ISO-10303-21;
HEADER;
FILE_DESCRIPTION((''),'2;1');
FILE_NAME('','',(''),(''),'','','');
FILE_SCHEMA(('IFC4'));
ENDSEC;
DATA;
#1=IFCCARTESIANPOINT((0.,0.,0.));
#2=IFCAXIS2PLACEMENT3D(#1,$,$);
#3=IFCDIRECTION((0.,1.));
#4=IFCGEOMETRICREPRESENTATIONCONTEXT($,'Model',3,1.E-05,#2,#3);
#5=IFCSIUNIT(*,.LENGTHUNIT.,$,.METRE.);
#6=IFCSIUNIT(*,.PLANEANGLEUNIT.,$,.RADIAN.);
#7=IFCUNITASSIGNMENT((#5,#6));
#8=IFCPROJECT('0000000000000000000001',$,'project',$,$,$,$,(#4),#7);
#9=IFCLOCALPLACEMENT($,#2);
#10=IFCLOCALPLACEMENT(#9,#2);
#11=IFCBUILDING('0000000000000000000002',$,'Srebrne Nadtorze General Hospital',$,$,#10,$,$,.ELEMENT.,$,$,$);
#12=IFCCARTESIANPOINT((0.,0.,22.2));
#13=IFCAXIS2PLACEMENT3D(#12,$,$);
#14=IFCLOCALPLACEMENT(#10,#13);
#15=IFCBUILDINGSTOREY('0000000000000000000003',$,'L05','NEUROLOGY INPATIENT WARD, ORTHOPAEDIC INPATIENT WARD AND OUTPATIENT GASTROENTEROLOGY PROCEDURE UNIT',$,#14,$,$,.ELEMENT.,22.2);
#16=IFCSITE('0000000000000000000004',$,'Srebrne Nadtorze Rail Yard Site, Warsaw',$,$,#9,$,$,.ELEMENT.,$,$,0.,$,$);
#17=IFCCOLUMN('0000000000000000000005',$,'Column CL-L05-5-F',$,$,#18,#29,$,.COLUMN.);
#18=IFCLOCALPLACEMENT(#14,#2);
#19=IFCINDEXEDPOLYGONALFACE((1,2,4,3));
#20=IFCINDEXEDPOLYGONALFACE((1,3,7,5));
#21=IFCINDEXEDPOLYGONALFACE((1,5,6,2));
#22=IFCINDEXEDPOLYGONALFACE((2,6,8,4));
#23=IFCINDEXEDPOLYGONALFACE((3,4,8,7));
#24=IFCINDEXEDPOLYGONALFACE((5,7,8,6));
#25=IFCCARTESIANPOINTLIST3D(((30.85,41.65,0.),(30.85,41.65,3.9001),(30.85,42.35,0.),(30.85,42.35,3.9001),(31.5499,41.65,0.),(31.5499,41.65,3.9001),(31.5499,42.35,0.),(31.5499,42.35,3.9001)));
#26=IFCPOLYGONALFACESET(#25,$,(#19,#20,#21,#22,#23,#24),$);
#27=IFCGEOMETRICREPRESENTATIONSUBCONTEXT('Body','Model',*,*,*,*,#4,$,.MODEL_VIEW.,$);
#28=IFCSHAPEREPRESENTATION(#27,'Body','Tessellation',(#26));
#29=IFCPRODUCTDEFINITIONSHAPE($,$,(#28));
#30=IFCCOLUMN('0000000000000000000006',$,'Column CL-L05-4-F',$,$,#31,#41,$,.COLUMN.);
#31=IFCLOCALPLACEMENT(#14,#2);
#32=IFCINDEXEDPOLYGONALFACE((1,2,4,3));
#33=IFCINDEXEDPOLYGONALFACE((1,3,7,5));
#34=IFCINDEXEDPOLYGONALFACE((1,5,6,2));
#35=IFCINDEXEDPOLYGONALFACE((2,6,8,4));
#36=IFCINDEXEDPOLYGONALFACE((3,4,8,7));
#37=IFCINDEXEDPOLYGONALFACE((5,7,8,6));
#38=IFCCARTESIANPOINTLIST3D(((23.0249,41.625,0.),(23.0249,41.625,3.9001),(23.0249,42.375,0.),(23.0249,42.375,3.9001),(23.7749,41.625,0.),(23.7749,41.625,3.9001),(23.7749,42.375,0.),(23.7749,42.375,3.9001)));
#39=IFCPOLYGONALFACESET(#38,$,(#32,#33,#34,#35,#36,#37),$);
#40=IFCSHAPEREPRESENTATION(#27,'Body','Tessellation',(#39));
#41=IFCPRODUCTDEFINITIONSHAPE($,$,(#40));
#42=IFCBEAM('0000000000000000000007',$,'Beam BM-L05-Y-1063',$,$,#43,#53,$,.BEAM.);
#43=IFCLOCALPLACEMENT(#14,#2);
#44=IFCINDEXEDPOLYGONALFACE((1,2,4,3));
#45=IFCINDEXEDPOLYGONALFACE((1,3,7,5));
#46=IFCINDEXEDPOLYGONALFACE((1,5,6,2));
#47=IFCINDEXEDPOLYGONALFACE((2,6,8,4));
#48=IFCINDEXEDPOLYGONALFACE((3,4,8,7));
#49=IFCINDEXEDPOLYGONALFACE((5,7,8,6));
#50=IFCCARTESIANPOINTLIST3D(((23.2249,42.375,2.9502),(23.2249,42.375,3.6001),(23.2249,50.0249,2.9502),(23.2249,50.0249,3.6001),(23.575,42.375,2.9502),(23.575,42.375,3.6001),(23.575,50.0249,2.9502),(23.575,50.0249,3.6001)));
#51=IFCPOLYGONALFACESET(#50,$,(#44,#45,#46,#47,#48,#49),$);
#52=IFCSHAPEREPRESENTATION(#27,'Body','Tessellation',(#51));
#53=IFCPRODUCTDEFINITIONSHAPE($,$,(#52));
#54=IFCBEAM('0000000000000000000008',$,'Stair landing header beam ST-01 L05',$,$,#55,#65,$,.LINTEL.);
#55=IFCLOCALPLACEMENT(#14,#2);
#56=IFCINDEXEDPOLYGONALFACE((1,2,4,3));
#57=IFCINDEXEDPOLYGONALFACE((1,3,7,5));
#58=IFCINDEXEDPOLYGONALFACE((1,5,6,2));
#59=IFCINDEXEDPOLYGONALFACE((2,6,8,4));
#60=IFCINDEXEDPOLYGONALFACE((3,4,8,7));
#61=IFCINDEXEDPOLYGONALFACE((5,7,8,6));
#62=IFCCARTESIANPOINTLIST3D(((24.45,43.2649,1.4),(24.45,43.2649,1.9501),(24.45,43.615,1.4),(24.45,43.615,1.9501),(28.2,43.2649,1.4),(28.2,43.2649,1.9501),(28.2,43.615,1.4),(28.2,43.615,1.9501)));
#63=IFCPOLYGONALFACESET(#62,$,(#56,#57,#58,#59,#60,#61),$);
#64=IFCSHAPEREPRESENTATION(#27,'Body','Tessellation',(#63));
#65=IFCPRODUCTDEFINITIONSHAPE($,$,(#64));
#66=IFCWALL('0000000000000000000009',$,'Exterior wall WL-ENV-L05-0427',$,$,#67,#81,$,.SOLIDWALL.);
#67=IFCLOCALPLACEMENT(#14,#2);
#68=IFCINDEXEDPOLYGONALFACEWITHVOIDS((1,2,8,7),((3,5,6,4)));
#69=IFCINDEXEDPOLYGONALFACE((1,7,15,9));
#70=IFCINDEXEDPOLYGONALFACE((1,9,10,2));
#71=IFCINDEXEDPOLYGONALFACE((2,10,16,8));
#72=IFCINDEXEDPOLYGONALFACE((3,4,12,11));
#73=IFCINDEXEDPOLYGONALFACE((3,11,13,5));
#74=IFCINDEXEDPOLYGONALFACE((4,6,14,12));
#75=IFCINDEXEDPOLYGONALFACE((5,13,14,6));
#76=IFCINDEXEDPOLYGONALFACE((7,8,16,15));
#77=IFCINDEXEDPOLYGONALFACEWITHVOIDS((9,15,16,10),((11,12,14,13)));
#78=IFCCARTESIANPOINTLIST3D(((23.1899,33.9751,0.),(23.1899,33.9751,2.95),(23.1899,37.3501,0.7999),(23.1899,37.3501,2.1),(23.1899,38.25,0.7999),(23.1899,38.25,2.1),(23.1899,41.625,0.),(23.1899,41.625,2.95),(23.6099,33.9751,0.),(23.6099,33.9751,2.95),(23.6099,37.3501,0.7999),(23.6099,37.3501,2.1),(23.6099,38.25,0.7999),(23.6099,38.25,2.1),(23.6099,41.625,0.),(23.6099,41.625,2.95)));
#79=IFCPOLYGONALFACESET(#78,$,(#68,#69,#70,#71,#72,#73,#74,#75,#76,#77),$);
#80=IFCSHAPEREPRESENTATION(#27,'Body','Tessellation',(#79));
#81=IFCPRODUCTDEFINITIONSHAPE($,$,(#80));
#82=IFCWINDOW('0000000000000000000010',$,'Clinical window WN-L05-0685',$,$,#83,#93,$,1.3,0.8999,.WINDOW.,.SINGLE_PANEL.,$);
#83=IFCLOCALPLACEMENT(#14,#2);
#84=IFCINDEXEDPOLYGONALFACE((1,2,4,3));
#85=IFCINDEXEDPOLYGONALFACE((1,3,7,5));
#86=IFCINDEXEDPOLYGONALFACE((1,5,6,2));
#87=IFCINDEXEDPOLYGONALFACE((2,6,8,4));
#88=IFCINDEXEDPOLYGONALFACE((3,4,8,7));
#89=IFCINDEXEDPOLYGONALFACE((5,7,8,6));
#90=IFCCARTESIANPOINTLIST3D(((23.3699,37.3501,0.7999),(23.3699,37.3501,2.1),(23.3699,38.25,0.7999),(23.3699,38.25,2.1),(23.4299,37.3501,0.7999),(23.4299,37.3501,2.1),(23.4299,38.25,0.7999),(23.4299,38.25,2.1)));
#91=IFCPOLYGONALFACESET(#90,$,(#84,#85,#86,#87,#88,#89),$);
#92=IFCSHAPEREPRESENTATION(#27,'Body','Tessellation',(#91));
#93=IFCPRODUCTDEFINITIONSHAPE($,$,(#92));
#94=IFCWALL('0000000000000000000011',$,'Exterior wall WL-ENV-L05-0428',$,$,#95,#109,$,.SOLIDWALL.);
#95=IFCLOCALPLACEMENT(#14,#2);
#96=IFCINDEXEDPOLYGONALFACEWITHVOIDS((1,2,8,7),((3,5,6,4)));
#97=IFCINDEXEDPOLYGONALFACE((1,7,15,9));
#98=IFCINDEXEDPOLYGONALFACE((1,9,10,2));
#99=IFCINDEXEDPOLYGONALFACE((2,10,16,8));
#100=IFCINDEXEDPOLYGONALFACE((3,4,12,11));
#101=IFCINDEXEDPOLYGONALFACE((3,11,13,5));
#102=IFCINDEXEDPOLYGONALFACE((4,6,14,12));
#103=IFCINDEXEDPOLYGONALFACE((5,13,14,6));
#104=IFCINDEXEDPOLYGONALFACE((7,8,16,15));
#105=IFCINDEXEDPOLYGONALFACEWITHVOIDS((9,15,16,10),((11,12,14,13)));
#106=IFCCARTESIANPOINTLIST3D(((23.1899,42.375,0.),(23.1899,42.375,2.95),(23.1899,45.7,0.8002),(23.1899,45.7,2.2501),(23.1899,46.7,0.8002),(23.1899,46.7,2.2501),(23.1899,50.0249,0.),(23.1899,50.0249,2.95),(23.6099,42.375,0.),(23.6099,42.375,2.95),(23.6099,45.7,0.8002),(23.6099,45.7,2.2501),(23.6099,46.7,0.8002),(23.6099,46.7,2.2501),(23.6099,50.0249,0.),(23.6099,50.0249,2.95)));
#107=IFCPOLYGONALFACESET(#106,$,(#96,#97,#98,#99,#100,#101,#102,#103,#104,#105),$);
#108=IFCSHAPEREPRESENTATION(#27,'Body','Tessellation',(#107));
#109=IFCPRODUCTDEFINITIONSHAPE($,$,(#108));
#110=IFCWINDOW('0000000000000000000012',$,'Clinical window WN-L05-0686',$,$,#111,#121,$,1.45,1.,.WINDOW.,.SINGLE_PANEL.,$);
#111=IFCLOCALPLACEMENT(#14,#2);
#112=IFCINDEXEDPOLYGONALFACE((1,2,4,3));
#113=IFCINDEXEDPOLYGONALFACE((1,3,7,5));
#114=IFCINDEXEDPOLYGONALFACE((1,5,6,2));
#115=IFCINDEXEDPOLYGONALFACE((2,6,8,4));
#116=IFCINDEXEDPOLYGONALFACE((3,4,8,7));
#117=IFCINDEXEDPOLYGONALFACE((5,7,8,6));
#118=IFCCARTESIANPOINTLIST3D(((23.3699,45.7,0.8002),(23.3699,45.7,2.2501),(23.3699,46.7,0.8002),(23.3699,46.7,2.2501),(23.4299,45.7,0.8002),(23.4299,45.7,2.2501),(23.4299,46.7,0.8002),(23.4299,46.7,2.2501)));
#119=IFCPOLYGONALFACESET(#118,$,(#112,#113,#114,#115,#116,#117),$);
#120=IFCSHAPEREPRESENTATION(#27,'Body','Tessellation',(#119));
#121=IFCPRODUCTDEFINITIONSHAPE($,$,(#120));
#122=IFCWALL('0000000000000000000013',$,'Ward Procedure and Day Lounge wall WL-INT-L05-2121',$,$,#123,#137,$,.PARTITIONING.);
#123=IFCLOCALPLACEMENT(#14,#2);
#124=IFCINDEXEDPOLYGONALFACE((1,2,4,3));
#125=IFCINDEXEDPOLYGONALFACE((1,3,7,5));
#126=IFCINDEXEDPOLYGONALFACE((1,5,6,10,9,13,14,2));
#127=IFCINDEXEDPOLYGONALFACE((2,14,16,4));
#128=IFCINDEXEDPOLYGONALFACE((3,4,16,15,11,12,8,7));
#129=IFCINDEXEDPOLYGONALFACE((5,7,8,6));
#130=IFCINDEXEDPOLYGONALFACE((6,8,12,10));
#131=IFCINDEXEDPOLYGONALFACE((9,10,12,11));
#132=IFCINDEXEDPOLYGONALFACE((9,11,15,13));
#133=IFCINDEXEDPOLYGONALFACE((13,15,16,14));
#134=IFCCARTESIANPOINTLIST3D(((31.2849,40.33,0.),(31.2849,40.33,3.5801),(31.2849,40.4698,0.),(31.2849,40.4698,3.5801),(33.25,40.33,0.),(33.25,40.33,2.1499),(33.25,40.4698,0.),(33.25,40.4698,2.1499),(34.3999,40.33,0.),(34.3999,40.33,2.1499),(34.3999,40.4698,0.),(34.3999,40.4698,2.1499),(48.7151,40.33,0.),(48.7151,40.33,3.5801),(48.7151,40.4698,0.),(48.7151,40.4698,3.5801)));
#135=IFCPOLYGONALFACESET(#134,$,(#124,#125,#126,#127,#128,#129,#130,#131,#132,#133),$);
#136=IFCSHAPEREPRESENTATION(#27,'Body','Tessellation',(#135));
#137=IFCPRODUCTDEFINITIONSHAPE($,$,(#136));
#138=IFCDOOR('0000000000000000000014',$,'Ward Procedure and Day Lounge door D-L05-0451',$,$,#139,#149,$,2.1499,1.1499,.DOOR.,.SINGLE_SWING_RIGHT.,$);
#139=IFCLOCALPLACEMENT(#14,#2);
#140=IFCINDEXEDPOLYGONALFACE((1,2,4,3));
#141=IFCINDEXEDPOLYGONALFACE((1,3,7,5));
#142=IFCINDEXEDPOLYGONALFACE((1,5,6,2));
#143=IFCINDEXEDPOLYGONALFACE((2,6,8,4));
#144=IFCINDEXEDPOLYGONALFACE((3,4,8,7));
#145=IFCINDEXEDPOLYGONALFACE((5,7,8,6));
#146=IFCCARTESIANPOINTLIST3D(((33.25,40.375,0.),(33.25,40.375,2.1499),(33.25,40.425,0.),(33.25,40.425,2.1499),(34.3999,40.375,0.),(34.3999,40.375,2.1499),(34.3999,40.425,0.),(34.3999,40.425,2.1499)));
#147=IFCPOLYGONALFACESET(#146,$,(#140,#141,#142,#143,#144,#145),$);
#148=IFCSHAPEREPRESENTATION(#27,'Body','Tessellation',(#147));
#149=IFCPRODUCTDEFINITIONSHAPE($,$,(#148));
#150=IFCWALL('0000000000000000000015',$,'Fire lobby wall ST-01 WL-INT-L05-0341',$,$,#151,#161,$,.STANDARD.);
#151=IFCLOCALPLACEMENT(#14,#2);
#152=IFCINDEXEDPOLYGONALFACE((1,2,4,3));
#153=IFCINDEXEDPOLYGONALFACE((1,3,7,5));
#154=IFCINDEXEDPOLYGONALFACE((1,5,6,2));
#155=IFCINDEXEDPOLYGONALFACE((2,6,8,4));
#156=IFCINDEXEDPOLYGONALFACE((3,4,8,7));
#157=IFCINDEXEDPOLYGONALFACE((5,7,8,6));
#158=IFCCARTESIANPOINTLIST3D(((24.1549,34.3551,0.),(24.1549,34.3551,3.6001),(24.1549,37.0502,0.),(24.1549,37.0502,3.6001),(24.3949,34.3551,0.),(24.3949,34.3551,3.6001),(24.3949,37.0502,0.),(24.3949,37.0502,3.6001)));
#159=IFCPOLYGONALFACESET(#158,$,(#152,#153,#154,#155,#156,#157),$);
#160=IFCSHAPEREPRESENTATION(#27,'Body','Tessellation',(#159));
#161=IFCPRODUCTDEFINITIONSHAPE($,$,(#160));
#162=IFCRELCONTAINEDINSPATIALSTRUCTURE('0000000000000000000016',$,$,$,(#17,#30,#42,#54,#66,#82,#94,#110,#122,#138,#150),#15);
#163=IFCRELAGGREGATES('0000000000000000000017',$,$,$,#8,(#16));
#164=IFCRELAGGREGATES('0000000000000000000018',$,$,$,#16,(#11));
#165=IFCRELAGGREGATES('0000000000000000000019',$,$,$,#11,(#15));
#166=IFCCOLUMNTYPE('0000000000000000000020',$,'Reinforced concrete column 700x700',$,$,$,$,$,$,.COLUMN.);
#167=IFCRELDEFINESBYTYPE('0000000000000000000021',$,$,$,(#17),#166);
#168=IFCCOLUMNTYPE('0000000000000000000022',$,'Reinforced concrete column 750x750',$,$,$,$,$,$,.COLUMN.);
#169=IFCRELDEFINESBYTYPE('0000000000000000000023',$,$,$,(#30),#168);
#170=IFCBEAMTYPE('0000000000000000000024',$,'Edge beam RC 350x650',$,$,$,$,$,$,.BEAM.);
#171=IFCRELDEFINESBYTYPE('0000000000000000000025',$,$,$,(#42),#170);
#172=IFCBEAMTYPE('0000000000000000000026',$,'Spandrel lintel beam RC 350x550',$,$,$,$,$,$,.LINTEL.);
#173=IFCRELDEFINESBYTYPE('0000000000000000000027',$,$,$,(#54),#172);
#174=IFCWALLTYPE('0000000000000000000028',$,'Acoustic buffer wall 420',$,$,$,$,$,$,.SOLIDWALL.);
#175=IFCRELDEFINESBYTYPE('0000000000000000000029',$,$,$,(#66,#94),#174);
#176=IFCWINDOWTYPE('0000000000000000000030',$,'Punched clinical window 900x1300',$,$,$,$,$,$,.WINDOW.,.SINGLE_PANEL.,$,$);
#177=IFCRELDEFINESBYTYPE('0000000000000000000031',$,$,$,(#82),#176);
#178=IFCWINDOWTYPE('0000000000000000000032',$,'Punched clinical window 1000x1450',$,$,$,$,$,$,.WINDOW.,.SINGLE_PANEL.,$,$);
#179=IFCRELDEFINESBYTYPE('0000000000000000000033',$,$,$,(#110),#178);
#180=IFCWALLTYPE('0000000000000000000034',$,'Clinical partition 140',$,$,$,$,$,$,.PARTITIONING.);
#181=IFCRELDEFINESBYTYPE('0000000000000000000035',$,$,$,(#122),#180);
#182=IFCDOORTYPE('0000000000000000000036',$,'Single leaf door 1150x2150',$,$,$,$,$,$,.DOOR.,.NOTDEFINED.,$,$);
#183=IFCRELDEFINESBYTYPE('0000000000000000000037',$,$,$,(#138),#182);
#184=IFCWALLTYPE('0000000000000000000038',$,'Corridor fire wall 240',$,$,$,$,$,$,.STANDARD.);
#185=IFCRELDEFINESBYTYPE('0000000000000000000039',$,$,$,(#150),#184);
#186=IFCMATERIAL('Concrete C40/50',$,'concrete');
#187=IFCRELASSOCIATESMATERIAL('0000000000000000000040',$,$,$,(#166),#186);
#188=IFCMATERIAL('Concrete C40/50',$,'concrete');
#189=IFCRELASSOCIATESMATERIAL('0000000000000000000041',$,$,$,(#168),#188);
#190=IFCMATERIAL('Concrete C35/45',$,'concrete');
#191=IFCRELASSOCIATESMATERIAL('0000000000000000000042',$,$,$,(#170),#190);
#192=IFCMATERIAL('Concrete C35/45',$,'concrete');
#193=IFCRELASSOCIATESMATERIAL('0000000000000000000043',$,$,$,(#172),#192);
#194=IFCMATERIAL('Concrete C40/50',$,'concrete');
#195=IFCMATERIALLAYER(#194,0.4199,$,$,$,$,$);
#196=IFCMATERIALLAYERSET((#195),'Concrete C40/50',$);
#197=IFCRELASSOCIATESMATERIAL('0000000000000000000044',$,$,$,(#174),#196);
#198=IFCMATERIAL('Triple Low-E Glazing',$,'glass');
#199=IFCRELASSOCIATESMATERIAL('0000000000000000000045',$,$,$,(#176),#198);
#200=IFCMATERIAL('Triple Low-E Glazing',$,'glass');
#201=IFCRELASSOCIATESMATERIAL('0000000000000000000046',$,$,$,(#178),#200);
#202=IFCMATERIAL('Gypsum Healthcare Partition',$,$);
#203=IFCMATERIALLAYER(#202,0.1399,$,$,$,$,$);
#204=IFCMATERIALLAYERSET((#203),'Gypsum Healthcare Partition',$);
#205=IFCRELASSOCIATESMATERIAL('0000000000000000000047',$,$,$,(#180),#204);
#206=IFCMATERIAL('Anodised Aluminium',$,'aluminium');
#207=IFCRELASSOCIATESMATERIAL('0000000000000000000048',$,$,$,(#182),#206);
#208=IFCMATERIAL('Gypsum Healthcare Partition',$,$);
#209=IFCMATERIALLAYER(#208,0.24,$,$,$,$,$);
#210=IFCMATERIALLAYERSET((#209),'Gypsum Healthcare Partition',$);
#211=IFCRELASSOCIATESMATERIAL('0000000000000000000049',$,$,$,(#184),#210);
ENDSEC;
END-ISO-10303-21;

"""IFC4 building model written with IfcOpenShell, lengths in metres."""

from ifc_helpers import new_model, si_unit, direction, frame, frame_2d, origin, origin_2d, place, context, subcontext, project, spatial, rectangle, extrude, material, layer, layer_set, material_profile, profile_set, type_object, element, fill, save


model = new_model("IFC4")

# Units and contexts
model_context = context("Model", 3, precision=1e-05, world=origin(), true_north=direction((0.0, 1.0)))
body_context = subcontext(model_context, "Body", "Model", "MODEL_VIEW")
ifc_project = project(units=[si_unit("LENGTHUNIT", "METRE"), si_unit("PLANEANGLEUNIT", "RADIAN")], contexts=[model_context])

# Site, building, storey
site_placement = place(None, origin())
site = spatial("IfcSite", under=ifc_project, at=site_placement, Name="Srebrne Nadtorze Rail Yard Site, Warsaw", CompositionType="ELEMENT", RefElevation=0.0)
building_placement = place(site_placement, origin())
building = spatial("IfcBuilding", under=site, at=building_placement, Name="Srebrne Nadtorze General Hospital", CompositionType="ELEMENT")
storey_placement = place(building_placement, frame((0.0, 0.0, 22.2)))
storey = spatial("IfcBuildingStorey", under=building, at=storey_placement, Name="L05", Description="NEUROLOGY INPATIENT WARD, ORTHOPAEDIC INPATIENT WARD AND OUTPATIENT GASTROENTEROLOGY PROCEDURE UNIT", CompositionType="ELEMENT", Elevation=22.2)

# Columns
ifc_material_1 = material(Name="Concrete C40/50", Category="concrete")
ifc_material_profile_1 = material_profile(ifc_material_1, rectangle(XDim=0.7, YDim=0.7, at=origin_2d()), Name="RC-COL-700x700")
ifc_profile_set_1 = profile_set([ifc_material_profile_1], Name="Concrete C40/50")
column_type_1 = type_object("IfcColumnType", Name="Reinforced concrete column 700x700", PredefinedType="COLUMN", material=ifc_profile_set_1)
column_1_placement = place(storey_placement, frame((31.2, 42.0, 0.0), z_axis=(0.0, 0.0, 1.0), x_axis=(1.0, 0.0, 0.0)))
element("IfcColumn", 1, at=column_1_placement, inside=storey, type_object=column_type_1, Name="Column CL-L05-5-F", PredefinedType="COLUMN", context=body_context, shape_type="SweptSolid", body=[
    extrude(rectangle(XDim=0.7, YDim=0.7, at=origin_2d()), origin(), (0.0, 0.0, 1.0), 3.9001),
])
ifc_material_2 = material(Name="Concrete C40/50", Category="concrete")
ifc_material_profile_2 = material_profile(ifc_material_2, rectangle(XDim=0.75, YDim=0.75, at=origin_2d()), Name="RC-COL-750x750")
ifc_profile_set_2 = profile_set([ifc_material_profile_2], Name="Concrete C40/50")
column_type_2 = type_object("IfcColumnType", Name="Reinforced concrete column 750x750", PredefinedType="COLUMN", material=ifc_profile_set_2)
column_2_placement = place(storey_placement, frame((23.3999, 42.0, 0.0), z_axis=(0.0, 0.0, 1.0), x_axis=(1.0, 0.0, 0.0)))
element("IfcColumn", 2, at=column_2_placement, inside=storey, type_object=column_type_2, Name="Column CL-L05-4-F", PredefinedType="COLUMN", context=body_context, shape_type="SweptSolid", body=[
    extrude(rectangle(XDim=0.75, YDim=0.75, at=origin_2d()), origin(), (0.0, 0.0, 1.0), 3.9001),
])

# Beams
ifc_material_3 = material(Name="Concrete C35/45", Category="concrete")
ifc_material_profile_3 = material_profile(ifc_material_3, rectangle(XDim=0.3501, YDim=0.6499, at=origin_2d()), Name="RC-BM-350x650")
ifc_profile_set_3 = profile_set([ifc_material_profile_3], Name="Concrete C35/45")
beam_type_1 = type_object("IfcBeamType", Name="Edge beam RC 350x650", PredefinedType="BEAM", material=ifc_profile_set_3)
beam_1_placement = place(storey_placement, frame((23.3999, 42.375, 3.2751), z_axis=(0.0, 1.0, 0.0), x_axis=(-1.0, 0.0, 0.0)))
element("IfcBeam", 3, at=beam_1_placement, inside=storey, type_object=beam_type_1, Name="Beam BM-L05-Y-1063", PredefinedType="BEAM", context=body_context, shape_type="SweptSolid", body=[
    extrude(rectangle(XDim=0.3501, YDim=0.6499, at=origin_2d()), origin(), (0.0, 0.0, 1.0), 7.6499),
])
ifc_material_4 = material(Name="Concrete C35/45", Category="concrete")
ifc_material_profile_4 = material_profile(ifc_material_4, rectangle(XDim=0.3501, YDim=0.55, at=origin_2d()), Name="RC-BM-350x550")
ifc_profile_set_4 = profile_set([ifc_material_profile_4], Name="Concrete C35/45")
beam_type_2 = type_object("IfcBeamType", Name="Spandrel lintel beam RC 350x550", PredefinedType="LINTEL", material=ifc_profile_set_4)
beam_2_placement = place(storey_placement, frame((24.45, 43.4399, 1.675), z_axis=(1.0, 0.0, 0.0), x_axis=(0.0, 1.0, 0.0)))
element("IfcBeam", 4, at=beam_2_placement, inside=storey, type_object=beam_type_2, Name="Stair landing header beam ST-01 L05", PredefinedType="LINTEL", context=body_context, shape_type="SweptSolid", body=[
    extrude(rectangle(XDim=0.3501, YDim=0.55, at=origin_2d()), origin(), (0.0, 0.0, 1.0), 3.75),
])

# Walls, openings, windows
ifc_material_5 = material(Name="Concrete C40/50", Category="concrete")
ifc_layer_1 = layer(ifc_material_5, 0.4199)
ifc_layer_set_1 = layer_set([ifc_layer_1], Name="Concrete C40/50")
wall_type_1 = type_object("IfcWallType", Name="Acoustic buffer wall 420", PredefinedType="SOLIDWALL", material=ifc_layer_set_1)
wall_1_placement = place(storey_placement, frame((23.3999, 33.9751, 0.0), z_axis=(0.0, 0.0, 1.0), x_axis=(0.0, 1.0, 0.0)))
wall_1 = element("IfcWall", 5, at=wall_1_placement, inside=storey, type_object=wall_type_1, Name="Exterior wall WL-ENV-L05-0427", PredefinedType="SOLIDWALL", context=body_context, shape_type="SweptSolid", body=[
    extrude(rectangle(XDim=7.6499, YDim=0.4199, at=frame_2d((3.825, 0.0))), origin(), (0.0, 0.0, 1.0), 2.95),
])
opening_1_placement = place(wall_1_placement, frame((3.375, 0.0, 0.8)))
opening_1 = element("IfcOpeningElement", 6, at=opening_1_placement, cuts=wall_1, PredefinedType="OPENING", context=body_context, shape_type="SweptSolid", body=[
    extrude(rectangle(XDim=0.8999, YDim=1.3, at=frame_2d((0.45, 0.6499))), frame((0.0, 0.2219, 0.0), z_axis=(0.0, -1.0, 0.0), x_axis=(1.0, 0.0, 0.0)), (0.0, 0.0, 1.0), 0.4438),
])
ifc_material_6 = material(Name="Triple Low-E Glazing", Category="glass")
window_type_1 = type_object("IfcWindowType", Name="Punched clinical window 900x1300", PartitioningType="SINGLE_PANEL", PredefinedType="WINDOW", material=ifc_material_6)
window_1_placement = place(opening_1_placement, origin())
window_1 = element("IfcWindow", 7, at=window_1_placement, inside=storey, type_object=window_type_1, Name="Clinical window WN-L05-0685", OverallHeight=1.3, OverallWidth=0.8999, PartitioningType="SINGLE_PANEL", PredefinedType="WINDOW", context=body_context, shape_type="SweptSolid", body=[
    extrude(rectangle(XDim=0.8999, YDim=1.3, at=frame_2d((0.45, 0.6499))), frame((0.0, 0.03, 0.0), z_axis=(0.0, -1.0, 0.0), x_axis=(1.0, 0.0, 0.0)), (0.0, 0.0, 1.0), 0.0601),
])
fill(opening_1, window_1)
wall_2_placement = place(storey_placement, frame((23.3999, 42.375, 0.0), z_axis=(0.0, 0.0, 1.0), x_axis=(0.0, 1.0, 0.0)))
wall_2 = element("IfcWall", 8, at=wall_2_placement, inside=storey, type_object=wall_type_1, Name="Exterior wall WL-ENV-L05-0428", PredefinedType="SOLIDWALL", context=body_context, shape_type="SweptSolid", body=[
    extrude(rectangle(XDim=7.6499, YDim=0.4199, at=frame_2d((3.825, 0.0))), origin(), (0.0, 0.0, 1.0), 2.95),
])
opening_2_placement = place(wall_2_placement, frame((3.325, 0.0, 0.8)))
opening_2 = element("IfcOpeningElement", 9, at=opening_2_placement, cuts=wall_2, PredefinedType="OPENING", context=body_context, shape_type="SweptSolid", body=[
    extrude(rectangle(XDim=1.0, YDim=1.45, at=frame_2d((0.5, 0.7251))), frame((0.0, 0.2219, 0.0), z_axis=(0.0, -1.0, 0.0), x_axis=(1.0, 0.0, 0.0)), (0.0, 0.0, 1.0), 0.4438),
])
ifc_material_7 = material(Name="Triple Low-E Glazing", Category="glass")
window_type_2 = type_object("IfcWindowType", Name="Punched clinical window 1000x1450", PartitioningType="SINGLE_PANEL", PredefinedType="WINDOW", material=ifc_material_7)
window_2_placement = place(opening_2_placement, origin())
window_2 = element("IfcWindow", 10, at=window_2_placement, inside=storey, type_object=window_type_2, Name="Clinical window WN-L05-0686", OverallHeight=1.45, OverallWidth=1.0, PartitioningType="SINGLE_PANEL", PredefinedType="WINDOW", context=body_context, shape_type="SweptSolid", body=[
    extrude(rectangle(XDim=1.0, YDim=1.45, at=frame_2d((0.5, 0.7251))), frame((0.0, 0.03, 0.0), z_axis=(0.0, -1.0, 0.0), x_axis=(1.0, 0.0, 0.0)), (0.0, 0.0, 1.0), 0.0601),
])
fill(opening_2, window_2)

# Wall, opening, door
ifc_material_8 = material(Name="Gypsum Healthcare Partition")
ifc_layer_2 = layer(ifc_material_8, 0.1399)
ifc_layer_set_2 = layer_set([ifc_layer_2], Name="Gypsum Healthcare Partition")
wall_type_2 = type_object("IfcWallType", Name="Clinical partition 140", PredefinedType="PARTITIONING", material=ifc_layer_set_2)
wall_3_placement = place(storey_placement, frame((31.2849, 40.3999, 0.0), z_axis=(0.0, 0.0, 1.0), x_axis=(1.0, 0.0, 0.0)))
wall_3 = element("IfcWall", 11, at=wall_3_placement, inside=storey, type_object=wall_type_2, Name="Ward Procedure and Day Lounge wall WL-INT-L05-2121", PredefinedType="PARTITIONING", context=body_context, shape_type="SweptSolid", body=[
    extrude(rectangle(XDim=17.4302, YDim=0.1399, at=frame_2d((8.7151, 0.0))), origin(), (0.0, 0.0, 1.0), 3.5801),
])
opening_3_placement = place(wall_3_placement, frame((1.9651, 0.0, 0.0)))
opening_3 = element("IfcOpeningElement", 12, at=opening_3_placement, cuts=wall_3, PredefinedType="OPENING", context=body_context, shape_type="SweptSolid", body=[
    extrude(rectangle(XDim=1.1499, YDim=2.1499, at=frame_2d((0.575, 1.075))), frame((0.0, 0.082, 0.0), z_axis=(0.0, -1.0, 0.0), x_axis=(1.0, 0.0, 0.0)), (0.0, 0.0, 1.0), 0.1638),
])
ifc_material_9 = material(Name="Anodised Aluminium", Category="aluminium")
door_type_1 = type_object("IfcDoorType", Name="Single leaf door 1150x2150", OperationType="NOTDEFINED", PredefinedType="DOOR", material=ifc_material_9)
door_1_placement = place(opening_3_placement, frame((1.1499, 0.0, 0.0), z_axis=(0.0, 0.0, 1.0), x_axis=(-1.0, 0.0, 0.0)))
door_1 = element("IfcDoor", 13, at=door_1_placement, inside=storey, type_object=door_type_1, Name="Ward Procedure and Day Lounge door D-L05-0451", OperationType="SINGLE_SWING_RIGHT", OverallHeight=2.1499, OverallWidth=1.1499, PredefinedType="DOOR", context=body_context, shape_type="SweptSolid", body=[
    extrude(rectangle(XDim=1.1499, YDim=2.1499, at=frame_2d((0.575, 1.075))), frame((0.0, 0.0249, 0.0), z_axis=(0.0, -1.0, 0.0), x_axis=(1.0, 0.0, 0.0)), (0.0, 0.0, 1.0), 0.05),
])
fill(opening_3, door_1)

# Wall
ifc_material_10 = material(Name="Gypsum Healthcare Partition")
ifc_layer_3 = layer(ifc_material_10, 0.24)
ifc_layer_set_3 = layer_set([ifc_layer_3], Name="Gypsum Healthcare Partition")
wall_type_3 = type_object("IfcWallType", Name="Corridor fire wall 240", PredefinedType="STANDARD", material=ifc_layer_set_3)
wall_4_placement = place(storey_placement, frame((24.2749, 34.355, 0.0), z_axis=(0.0, 0.0, 1.0), x_axis=(0.0, 1.0, 0.0)))
element("IfcWall", 14, at=wall_4_placement, inside=storey, type_object=wall_type_3, Name="Fire lobby wall ST-01 WL-INT-L05-0341", PredefinedType="STANDARD", context=body_context, shape_type="SweptSolid", body=[
    extrude(rectangle(XDim=2.6951, YDim=0.24, at=frame_2d((1.3477, 0.0))), origin(), (0.0, 0.0, 1.0), 3.6001),
])

save(model, "model.ifc")
